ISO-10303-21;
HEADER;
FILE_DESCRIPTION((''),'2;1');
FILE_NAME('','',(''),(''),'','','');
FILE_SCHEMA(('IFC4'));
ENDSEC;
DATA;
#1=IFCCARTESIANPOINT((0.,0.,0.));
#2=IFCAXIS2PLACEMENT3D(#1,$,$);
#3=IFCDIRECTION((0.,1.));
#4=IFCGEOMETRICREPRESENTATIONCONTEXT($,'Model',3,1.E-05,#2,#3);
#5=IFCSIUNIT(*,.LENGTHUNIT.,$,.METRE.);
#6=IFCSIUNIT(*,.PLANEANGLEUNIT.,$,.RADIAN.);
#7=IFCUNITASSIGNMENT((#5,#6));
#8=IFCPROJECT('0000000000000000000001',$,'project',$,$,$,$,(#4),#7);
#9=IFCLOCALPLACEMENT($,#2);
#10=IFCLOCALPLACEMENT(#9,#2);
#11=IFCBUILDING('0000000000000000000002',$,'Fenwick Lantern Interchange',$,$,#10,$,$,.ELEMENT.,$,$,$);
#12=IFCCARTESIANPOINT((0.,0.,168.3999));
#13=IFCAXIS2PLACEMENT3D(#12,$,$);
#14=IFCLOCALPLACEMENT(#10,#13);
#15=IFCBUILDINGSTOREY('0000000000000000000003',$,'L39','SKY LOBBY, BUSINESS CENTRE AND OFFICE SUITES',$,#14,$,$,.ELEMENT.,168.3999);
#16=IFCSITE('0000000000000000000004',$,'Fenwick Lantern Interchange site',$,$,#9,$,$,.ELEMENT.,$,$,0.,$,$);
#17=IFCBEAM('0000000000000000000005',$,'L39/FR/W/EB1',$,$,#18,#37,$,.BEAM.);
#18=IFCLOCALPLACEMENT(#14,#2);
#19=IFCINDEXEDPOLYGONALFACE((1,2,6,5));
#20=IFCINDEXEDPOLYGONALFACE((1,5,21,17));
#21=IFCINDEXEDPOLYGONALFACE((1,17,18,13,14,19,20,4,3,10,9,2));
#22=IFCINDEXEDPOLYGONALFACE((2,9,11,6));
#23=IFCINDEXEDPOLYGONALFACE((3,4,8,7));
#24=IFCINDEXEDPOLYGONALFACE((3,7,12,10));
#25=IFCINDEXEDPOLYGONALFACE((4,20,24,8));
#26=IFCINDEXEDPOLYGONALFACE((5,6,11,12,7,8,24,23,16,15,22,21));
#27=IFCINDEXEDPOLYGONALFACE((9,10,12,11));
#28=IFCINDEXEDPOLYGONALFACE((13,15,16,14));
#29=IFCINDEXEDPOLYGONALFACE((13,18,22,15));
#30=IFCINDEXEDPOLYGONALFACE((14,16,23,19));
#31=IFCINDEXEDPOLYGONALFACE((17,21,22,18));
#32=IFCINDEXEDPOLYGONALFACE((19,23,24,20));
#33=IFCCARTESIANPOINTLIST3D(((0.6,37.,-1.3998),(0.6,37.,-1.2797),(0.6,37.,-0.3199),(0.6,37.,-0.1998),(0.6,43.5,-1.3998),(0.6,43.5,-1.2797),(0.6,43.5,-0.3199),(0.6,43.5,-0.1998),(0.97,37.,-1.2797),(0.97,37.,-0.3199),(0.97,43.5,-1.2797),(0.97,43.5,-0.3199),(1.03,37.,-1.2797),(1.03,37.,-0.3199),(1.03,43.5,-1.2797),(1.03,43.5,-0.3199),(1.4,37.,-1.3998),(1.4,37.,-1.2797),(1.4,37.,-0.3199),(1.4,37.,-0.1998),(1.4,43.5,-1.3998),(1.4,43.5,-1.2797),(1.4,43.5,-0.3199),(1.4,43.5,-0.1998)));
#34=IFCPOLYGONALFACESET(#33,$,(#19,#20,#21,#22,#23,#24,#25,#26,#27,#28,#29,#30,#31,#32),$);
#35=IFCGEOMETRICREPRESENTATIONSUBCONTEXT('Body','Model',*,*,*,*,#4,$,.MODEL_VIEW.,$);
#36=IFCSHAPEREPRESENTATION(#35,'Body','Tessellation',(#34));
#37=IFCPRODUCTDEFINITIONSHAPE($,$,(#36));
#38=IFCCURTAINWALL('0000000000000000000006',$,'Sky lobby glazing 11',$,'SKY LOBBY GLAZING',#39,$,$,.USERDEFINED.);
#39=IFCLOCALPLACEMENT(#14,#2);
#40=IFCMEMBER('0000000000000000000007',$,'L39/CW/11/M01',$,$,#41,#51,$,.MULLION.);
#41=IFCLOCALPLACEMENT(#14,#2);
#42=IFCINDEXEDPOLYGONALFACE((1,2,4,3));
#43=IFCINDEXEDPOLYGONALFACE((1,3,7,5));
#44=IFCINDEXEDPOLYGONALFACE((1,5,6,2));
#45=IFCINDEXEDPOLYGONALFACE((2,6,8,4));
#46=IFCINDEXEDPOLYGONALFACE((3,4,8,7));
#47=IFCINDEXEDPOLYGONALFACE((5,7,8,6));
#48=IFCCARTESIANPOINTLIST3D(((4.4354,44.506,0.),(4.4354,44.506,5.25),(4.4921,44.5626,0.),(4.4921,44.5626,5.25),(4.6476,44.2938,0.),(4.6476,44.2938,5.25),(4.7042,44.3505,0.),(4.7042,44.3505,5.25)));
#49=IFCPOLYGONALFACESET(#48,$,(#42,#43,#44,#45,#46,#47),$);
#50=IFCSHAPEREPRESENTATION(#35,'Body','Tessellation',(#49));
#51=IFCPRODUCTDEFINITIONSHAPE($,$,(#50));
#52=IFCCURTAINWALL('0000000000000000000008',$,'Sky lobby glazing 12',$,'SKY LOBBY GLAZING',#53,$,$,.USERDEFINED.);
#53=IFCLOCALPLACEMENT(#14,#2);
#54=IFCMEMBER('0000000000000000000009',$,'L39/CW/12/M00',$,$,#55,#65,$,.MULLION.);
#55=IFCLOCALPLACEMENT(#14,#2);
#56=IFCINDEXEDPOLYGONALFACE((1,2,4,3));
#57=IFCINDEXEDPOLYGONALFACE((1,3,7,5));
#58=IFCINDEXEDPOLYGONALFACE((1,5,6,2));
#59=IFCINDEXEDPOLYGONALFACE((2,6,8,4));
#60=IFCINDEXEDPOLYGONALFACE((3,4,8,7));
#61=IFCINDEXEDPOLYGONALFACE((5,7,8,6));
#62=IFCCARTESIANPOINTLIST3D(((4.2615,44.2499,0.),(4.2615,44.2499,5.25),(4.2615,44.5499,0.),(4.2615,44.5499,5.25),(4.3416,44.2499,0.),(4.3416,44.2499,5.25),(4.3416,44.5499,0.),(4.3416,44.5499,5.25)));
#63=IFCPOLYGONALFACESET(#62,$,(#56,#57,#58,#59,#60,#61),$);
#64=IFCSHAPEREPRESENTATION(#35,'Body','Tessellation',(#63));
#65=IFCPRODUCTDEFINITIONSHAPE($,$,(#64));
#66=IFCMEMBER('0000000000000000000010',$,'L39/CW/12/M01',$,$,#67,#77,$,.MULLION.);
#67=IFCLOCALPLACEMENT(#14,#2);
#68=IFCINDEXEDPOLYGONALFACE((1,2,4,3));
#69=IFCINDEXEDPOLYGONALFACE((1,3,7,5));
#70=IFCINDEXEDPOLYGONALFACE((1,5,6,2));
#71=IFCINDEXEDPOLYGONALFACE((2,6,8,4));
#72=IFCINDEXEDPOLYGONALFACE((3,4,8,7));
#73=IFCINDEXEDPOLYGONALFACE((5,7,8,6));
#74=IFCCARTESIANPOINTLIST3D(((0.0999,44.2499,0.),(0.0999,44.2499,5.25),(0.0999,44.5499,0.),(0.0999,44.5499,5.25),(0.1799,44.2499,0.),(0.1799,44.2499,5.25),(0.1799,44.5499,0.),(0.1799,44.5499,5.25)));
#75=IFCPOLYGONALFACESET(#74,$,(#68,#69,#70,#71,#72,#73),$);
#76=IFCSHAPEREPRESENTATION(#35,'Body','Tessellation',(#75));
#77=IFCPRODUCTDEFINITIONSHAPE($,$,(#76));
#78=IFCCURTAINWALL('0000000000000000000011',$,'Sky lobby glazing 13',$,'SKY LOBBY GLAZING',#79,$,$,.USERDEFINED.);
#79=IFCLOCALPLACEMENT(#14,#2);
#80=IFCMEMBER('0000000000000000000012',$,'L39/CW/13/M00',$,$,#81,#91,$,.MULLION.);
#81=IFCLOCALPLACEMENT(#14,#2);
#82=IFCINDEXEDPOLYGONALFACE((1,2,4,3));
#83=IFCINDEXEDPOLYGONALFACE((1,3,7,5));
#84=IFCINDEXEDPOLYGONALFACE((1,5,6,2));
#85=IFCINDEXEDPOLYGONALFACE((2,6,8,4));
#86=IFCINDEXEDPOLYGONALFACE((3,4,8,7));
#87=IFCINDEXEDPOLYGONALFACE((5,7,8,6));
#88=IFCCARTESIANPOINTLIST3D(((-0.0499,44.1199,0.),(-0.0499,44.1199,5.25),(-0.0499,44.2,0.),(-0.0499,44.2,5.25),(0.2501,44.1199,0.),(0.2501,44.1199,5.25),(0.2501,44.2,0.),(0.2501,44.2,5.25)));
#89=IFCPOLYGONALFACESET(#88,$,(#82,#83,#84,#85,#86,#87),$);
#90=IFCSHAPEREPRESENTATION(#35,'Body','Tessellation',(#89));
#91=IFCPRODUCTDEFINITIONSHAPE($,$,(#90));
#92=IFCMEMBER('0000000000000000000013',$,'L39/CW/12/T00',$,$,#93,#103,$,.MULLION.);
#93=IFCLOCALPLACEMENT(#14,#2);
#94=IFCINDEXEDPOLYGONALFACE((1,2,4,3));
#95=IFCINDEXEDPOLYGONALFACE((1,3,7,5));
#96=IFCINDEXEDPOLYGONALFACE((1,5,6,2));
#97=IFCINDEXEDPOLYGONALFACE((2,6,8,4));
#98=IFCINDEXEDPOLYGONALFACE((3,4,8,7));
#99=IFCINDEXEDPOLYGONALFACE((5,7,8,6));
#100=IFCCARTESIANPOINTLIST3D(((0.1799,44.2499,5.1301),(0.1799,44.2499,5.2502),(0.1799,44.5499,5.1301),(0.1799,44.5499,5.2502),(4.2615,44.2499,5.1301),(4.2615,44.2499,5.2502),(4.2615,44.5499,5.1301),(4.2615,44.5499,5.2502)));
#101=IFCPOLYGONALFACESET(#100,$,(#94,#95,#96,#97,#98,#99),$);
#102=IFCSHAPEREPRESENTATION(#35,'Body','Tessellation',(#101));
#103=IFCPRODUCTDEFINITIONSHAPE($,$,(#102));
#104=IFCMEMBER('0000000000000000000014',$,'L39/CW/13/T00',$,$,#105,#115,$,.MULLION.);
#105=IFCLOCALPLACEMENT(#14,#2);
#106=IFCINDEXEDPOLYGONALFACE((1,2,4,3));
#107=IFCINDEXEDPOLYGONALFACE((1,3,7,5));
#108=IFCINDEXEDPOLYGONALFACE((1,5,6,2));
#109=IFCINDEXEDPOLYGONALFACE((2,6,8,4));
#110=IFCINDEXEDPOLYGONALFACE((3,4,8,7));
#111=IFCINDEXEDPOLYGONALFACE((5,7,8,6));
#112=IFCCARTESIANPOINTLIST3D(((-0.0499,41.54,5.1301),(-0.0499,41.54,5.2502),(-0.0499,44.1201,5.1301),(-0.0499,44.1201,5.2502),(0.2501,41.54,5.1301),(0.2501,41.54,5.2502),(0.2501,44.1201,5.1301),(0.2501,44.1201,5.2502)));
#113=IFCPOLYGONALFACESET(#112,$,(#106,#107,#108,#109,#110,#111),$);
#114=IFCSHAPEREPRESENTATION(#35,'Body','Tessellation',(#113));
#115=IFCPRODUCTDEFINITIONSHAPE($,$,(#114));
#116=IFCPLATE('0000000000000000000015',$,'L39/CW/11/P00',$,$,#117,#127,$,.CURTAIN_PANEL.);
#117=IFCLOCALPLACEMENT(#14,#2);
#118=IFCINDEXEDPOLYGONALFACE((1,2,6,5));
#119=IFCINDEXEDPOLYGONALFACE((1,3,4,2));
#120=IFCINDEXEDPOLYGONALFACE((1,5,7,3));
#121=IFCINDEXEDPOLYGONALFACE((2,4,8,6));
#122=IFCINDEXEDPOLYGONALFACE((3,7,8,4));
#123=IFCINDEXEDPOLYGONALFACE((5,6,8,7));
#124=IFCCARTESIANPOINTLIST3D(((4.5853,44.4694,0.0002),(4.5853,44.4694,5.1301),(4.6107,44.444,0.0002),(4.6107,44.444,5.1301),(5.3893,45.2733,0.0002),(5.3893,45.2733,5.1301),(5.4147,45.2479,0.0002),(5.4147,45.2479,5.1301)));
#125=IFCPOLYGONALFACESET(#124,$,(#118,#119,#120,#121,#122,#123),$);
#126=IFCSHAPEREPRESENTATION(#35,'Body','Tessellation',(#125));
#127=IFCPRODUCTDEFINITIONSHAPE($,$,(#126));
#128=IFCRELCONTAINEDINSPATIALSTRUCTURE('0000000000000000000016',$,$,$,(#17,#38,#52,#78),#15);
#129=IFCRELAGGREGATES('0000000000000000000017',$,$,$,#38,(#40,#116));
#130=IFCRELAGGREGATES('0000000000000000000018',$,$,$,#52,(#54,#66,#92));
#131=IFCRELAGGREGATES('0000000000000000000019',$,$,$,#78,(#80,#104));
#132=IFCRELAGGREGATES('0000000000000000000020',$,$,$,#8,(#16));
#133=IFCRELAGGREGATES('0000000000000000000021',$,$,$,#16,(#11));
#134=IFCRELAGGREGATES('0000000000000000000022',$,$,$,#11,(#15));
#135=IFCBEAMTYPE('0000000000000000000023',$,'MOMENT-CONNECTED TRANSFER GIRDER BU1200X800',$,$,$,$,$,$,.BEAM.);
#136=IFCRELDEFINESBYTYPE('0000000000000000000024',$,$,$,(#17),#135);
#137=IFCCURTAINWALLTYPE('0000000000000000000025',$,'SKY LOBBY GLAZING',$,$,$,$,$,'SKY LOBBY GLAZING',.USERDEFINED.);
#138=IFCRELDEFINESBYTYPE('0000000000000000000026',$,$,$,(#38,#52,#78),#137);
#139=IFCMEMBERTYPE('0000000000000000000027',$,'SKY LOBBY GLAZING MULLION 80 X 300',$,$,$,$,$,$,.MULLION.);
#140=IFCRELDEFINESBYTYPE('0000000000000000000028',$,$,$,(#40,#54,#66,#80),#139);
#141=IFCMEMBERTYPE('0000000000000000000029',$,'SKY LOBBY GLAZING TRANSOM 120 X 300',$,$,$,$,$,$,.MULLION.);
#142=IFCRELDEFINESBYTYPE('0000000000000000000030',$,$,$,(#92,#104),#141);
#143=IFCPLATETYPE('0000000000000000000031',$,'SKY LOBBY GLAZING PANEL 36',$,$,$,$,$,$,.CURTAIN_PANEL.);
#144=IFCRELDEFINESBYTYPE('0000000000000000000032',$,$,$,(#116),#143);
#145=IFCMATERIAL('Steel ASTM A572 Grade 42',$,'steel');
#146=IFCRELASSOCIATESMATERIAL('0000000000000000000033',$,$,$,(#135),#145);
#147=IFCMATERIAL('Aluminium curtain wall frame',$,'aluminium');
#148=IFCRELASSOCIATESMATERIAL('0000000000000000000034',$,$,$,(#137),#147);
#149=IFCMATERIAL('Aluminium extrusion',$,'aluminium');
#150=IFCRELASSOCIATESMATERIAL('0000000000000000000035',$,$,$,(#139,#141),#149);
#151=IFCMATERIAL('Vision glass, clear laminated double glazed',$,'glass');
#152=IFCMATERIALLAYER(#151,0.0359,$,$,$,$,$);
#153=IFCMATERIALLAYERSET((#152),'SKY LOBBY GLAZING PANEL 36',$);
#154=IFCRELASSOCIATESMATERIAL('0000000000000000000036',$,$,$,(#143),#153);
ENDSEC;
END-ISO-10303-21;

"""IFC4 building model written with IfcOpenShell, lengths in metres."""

from ifc_helpers import new_model, si_unit, direction, frame, origin, origin_2d, place, context, subcontext, project, spatial, rectangle, i_section, extrude, material, layer, layer_set, material_profile, profile_set, type_object, element, aggregate, save


model = new_model("IFC4")

# Units and contexts
model_context = context("Model", 3, precision=1e-05, world=origin(), true_north=direction((0.0, 1.0)))
body_context = subcontext(model_context, "Body", "Model", "MODEL_VIEW")
ifc_project = project(units=[si_unit("LENGTHUNIT", "METRE"), si_unit("PLANEANGLEUNIT", "RADIAN")], contexts=[model_context])

# Site, building, storey
site_placement = place(None, origin())
site = spatial("IfcSite", under=ifc_project, at=site_placement, Name="Fenwick Lantern Interchange site", CompositionType="ELEMENT", RefElevation=0.0)
building_placement = place(site_placement, origin())
building = spatial("IfcBuilding", under=site, at=building_placement, Name="Fenwick Lantern Interchange", CompositionType="ELEMENT")
storey_placement = place(building_placement, frame((0.0, 0.0, 168.3999)))
storey = spatial("IfcBuildingStorey", under=building, at=storey_placement, Name="L39", Description="SKY LOBBY, BUSINESS CENTRE AND OFFICE SUITES", CompositionType="ELEMENT", Elevation=168.3999)

# Beam
ifc_material_1 = material(Name="Steel ASTM A572 Grade 42", Category="steel")
ifc_material_profile_1 = material_profile(ifc_material_1, i_section(OverallWidth=0.8, OverallDepth=1.2, WebThickness=0.0601, FlangeThickness=0.1201, at=origin_2d()), Name="BU1200X800")
ifc_profile_set_1 = profile_set([ifc_material_profile_1], Name="Steel ASTM A572 Grade 42")
beam_type = type_object("IfcBeamType", Name="MOMENT-CONNECTED TRANSFER GIRDER BU1200X800", PredefinedType="BEAM", material=ifc_profile_set_1)
beam_placement = place(storey_placement, frame((1.0, 43.5, -0.7998), z_axis=(0.0, -1.0, 0.0), x_axis=(1.0, 0.0, 0.0)))
element("IfcBeam", 1, at=beam_placement, inside=storey, type_object=beam_type, Name="L39/FR/W/EB1", PredefinedType="BEAM", context=body_context, shape_type="SweptSolid", body=[
    extrude(i_section(OverallWidth=0.8, OverallDepth=1.2, WebThickness=0.0601, FlangeThickness=0.1201, at=origin_2d()), origin(), (0.0, 0.0, 1.0), 6.5),
])

# Curtain wall, member
ifc_material_2 = material(Name="Aluminium curtain wall frame", Category="aluminium")
curtain_wall_type = type_object("IfcCurtainWallType", Name="SKY LOBBY GLAZING", ElementType="SKY LOBBY GLAZING", PredefinedType="USERDEFINED", material=ifc_material_2)
curtain_wall_1_placement = place(storey_placement, origin())
curtain_wall_1 = element("IfcCurtainWall", 2, at=curtain_wall_1_placement, inside=storey, type_object=curtain_wall_type, Name="Sky lobby glazing 11", ObjectType="SKY LOBBY GLAZING", PredefinedType="USERDEFINED")
ifc_material_3 = material(Name="Aluminium extrusion", Category="aluminium")
ifc_material_profile_2 = material_profile(ifc_material_3, rectangle(XDim=0.3, YDim=0.0801, at=origin_2d()), Name="SKY LOBBY GLAZING MULLION 80 X 300")
ifc_profile_set_2 = profile_set([ifc_material_profile_2], Name="Aluminium extrusion")
member_type_1 = type_object("IfcMemberType", Name="SKY LOBBY GLAZING MULLION 80 X 300", PredefinedType="MULLION", material=ifc_profile_set_2)
member_1_placement = place(storey_placement, frame((4.5698, 44.4282, 0.0), z_axis=(0.0, 0.0, 1.0), x_axis=(0.707107, -0.707107, 0.0)))
member_1 = element("IfcMember", 3, at=member_1_placement, type_object=member_type_1, Name="L39/CW/11/M01", PredefinedType="MULLION", context=body_context, shape_type="SweptSolid", body=[
    extrude(rectangle(XDim=0.3, YDim=0.0801, at=origin_2d()), origin(), (0.0, 0.0, 1.0), 5.25),
])

# Curtain wall, members
curtain_wall_2_placement = place(storey_placement, origin())
curtain_wall_2 = element("IfcCurtainWall", 4, at=curtain_wall_2_placement, inside=storey, type_object=curtain_wall_type, Name="Sky lobby glazing 12", ObjectType="SKY LOBBY GLAZING", PredefinedType="USERDEFINED")
member_2_placement = place(storey_placement, frame((4.3015, 44.3999, 0.0), z_axis=(0.0, 0.0, 1.0), x_axis=(0.0, -1.0, 0.0)))
member_2 = element("IfcMember", 5, at=member_2_placement, type_object=member_type_1, Name="L39/CW/12/M00", PredefinedType="MULLION", context=body_context, shape_type="SweptSolid", body=[
    extrude(rectangle(XDim=0.3, YDim=0.0801, at=origin_2d()), origin(), (0.0, 0.0, 1.0), 5.25),
])
member_3_placement = place(storey_placement, frame((0.1399, 44.3999, 0.0), z_axis=(0.0, 0.0, 1.0), x_axis=(0.0, -1.0, 0.0)))
member_3 = element("IfcMember", 6, at=member_3_placement, type_object=member_type_1, Name="L39/CW/12/M01", PredefinedType="MULLION", context=body_context, shape_type="SweptSolid", body=[
    extrude(rectangle(XDim=0.3, YDim=0.0801, at=origin_2d()), origin(), (0.0, 0.0, 1.0), 5.25),
])

# Curtain wall, member
curtain_wall_3_placement = place(storey_placement, origin())
curtain_wall_3 = element("IfcCurtainWall", 7, at=curtain_wall_3_placement, inside=storey, type_object=curtain_wall_type, Name="Sky lobby glazing 13", ObjectType="SKY LOBBY GLAZING", PredefinedType="USERDEFINED")
member_4_placement = place(storey_placement, frame((0.1001, 44.1599, 0.0), z_axis=(0.0, 0.0, 1.0), x_axis=(1.0, 0.0, 0.0)))
member_4 = element("IfcMember", 8, at=member_4_placement, type_object=member_type_1, Name="L39/CW/13/M00", PredefinedType="MULLION", context=body_context, shape_type="SweptSolid", body=[
    extrude(rectangle(XDim=0.3, YDim=0.0801, at=origin_2d()), origin(), (0.0, 0.0, 1.0), 5.25),
])

# Members
ifc_material_profile_3 = material_profile(ifc_material_3, rectangle(XDim=0.3, YDim=0.1201, at=origin_2d()), Name="SKY LOBBY GLAZING TRANSOM 120 X 300")
ifc_profile_set_3 = profile_set([ifc_material_profile_3], Name="Aluminium extrusion")
member_type_2 = type_object("IfcMemberType", Name="SKY LOBBY GLAZING TRANSOM 120 X 300", PredefinedType="MULLION", material=ifc_profile_set_3)
member_5_placement = place(storey_placement, frame((4.2615, 44.3999, 5.1902), z_axis=(-1.0, 0.0, 0.0), x_axis=(0.0, -1.0, 0.0)))
member_5 = element("IfcMember", 9, at=member_5_placement, type_object=member_type_2, Name="L39/CW/12/T00", PredefinedType="MULLION", context=body_context, shape_type="SweptSolid", body=[
    extrude(rectangle(XDim=0.3, YDim=0.1201, at=origin_2d()), origin(), (0.0, 0.0, 1.0), 4.0815),
])
member_6_placement = place(storey_placement, frame((0.1001, 44.1201, 5.1902), z_axis=(0.0, -1.0, 0.0), x_axis=(1.0, 0.0, 0.0)))
member_6 = element("IfcMember", 10, at=member_6_placement, type_object=member_type_2, Name="L39/CW/13/T00", PredefinedType="MULLION", context=body_context, shape_type="SweptSolid", body=[
    extrude(rectangle(XDim=0.3, YDim=0.1201, at=origin_2d()), origin(), (0.0, 0.0, 1.0), 2.5801),
])

# Plate
ifc_material_4 = material(Name="Vision glass, clear laminated double glazed", Category="glass")
ifc_layer_1 = layer(ifc_material_4, 0.0359)
ifc_layer_set_1 = layer_set([ifc_layer_1], Name="SKY LOBBY GLAZING PANEL 36")
plate_type = type_object("IfcPlateType", Name="SKY LOBBY GLAZING PANEL 36", PredefinedType="CURTAIN_PANEL", material=ifc_layer_set_1)
plate_1_placement = place(storey_placement, frame((5.0, 44.8586, 0.0002), z_axis=(0.0, 0.0, 1.0), x_axis=(-0.707107, -0.707107, 0.0)))
plate_1 = element("IfcPlate", 11, at=plate_1_placement, type_object=plate_type, Name="L39/CW/11/P00", PredefinedType="CURTAIN_PANEL", context=body_context, shape_type="SweptSolid", body=[
    extrude(rectangle(XDim=1.137, YDim=0.0359, at=origin_2d()), origin(), (0.0, 0.0, 1.0), 5.1299),
])
aggregate(curtain_wall_1, [member_1, plate_1])
aggregate(curtain_wall_2, [member_2, member_3, member_5])
aggregate(curtain_wall_3, [member_4, member_6])

save(model, "model.ifc")
